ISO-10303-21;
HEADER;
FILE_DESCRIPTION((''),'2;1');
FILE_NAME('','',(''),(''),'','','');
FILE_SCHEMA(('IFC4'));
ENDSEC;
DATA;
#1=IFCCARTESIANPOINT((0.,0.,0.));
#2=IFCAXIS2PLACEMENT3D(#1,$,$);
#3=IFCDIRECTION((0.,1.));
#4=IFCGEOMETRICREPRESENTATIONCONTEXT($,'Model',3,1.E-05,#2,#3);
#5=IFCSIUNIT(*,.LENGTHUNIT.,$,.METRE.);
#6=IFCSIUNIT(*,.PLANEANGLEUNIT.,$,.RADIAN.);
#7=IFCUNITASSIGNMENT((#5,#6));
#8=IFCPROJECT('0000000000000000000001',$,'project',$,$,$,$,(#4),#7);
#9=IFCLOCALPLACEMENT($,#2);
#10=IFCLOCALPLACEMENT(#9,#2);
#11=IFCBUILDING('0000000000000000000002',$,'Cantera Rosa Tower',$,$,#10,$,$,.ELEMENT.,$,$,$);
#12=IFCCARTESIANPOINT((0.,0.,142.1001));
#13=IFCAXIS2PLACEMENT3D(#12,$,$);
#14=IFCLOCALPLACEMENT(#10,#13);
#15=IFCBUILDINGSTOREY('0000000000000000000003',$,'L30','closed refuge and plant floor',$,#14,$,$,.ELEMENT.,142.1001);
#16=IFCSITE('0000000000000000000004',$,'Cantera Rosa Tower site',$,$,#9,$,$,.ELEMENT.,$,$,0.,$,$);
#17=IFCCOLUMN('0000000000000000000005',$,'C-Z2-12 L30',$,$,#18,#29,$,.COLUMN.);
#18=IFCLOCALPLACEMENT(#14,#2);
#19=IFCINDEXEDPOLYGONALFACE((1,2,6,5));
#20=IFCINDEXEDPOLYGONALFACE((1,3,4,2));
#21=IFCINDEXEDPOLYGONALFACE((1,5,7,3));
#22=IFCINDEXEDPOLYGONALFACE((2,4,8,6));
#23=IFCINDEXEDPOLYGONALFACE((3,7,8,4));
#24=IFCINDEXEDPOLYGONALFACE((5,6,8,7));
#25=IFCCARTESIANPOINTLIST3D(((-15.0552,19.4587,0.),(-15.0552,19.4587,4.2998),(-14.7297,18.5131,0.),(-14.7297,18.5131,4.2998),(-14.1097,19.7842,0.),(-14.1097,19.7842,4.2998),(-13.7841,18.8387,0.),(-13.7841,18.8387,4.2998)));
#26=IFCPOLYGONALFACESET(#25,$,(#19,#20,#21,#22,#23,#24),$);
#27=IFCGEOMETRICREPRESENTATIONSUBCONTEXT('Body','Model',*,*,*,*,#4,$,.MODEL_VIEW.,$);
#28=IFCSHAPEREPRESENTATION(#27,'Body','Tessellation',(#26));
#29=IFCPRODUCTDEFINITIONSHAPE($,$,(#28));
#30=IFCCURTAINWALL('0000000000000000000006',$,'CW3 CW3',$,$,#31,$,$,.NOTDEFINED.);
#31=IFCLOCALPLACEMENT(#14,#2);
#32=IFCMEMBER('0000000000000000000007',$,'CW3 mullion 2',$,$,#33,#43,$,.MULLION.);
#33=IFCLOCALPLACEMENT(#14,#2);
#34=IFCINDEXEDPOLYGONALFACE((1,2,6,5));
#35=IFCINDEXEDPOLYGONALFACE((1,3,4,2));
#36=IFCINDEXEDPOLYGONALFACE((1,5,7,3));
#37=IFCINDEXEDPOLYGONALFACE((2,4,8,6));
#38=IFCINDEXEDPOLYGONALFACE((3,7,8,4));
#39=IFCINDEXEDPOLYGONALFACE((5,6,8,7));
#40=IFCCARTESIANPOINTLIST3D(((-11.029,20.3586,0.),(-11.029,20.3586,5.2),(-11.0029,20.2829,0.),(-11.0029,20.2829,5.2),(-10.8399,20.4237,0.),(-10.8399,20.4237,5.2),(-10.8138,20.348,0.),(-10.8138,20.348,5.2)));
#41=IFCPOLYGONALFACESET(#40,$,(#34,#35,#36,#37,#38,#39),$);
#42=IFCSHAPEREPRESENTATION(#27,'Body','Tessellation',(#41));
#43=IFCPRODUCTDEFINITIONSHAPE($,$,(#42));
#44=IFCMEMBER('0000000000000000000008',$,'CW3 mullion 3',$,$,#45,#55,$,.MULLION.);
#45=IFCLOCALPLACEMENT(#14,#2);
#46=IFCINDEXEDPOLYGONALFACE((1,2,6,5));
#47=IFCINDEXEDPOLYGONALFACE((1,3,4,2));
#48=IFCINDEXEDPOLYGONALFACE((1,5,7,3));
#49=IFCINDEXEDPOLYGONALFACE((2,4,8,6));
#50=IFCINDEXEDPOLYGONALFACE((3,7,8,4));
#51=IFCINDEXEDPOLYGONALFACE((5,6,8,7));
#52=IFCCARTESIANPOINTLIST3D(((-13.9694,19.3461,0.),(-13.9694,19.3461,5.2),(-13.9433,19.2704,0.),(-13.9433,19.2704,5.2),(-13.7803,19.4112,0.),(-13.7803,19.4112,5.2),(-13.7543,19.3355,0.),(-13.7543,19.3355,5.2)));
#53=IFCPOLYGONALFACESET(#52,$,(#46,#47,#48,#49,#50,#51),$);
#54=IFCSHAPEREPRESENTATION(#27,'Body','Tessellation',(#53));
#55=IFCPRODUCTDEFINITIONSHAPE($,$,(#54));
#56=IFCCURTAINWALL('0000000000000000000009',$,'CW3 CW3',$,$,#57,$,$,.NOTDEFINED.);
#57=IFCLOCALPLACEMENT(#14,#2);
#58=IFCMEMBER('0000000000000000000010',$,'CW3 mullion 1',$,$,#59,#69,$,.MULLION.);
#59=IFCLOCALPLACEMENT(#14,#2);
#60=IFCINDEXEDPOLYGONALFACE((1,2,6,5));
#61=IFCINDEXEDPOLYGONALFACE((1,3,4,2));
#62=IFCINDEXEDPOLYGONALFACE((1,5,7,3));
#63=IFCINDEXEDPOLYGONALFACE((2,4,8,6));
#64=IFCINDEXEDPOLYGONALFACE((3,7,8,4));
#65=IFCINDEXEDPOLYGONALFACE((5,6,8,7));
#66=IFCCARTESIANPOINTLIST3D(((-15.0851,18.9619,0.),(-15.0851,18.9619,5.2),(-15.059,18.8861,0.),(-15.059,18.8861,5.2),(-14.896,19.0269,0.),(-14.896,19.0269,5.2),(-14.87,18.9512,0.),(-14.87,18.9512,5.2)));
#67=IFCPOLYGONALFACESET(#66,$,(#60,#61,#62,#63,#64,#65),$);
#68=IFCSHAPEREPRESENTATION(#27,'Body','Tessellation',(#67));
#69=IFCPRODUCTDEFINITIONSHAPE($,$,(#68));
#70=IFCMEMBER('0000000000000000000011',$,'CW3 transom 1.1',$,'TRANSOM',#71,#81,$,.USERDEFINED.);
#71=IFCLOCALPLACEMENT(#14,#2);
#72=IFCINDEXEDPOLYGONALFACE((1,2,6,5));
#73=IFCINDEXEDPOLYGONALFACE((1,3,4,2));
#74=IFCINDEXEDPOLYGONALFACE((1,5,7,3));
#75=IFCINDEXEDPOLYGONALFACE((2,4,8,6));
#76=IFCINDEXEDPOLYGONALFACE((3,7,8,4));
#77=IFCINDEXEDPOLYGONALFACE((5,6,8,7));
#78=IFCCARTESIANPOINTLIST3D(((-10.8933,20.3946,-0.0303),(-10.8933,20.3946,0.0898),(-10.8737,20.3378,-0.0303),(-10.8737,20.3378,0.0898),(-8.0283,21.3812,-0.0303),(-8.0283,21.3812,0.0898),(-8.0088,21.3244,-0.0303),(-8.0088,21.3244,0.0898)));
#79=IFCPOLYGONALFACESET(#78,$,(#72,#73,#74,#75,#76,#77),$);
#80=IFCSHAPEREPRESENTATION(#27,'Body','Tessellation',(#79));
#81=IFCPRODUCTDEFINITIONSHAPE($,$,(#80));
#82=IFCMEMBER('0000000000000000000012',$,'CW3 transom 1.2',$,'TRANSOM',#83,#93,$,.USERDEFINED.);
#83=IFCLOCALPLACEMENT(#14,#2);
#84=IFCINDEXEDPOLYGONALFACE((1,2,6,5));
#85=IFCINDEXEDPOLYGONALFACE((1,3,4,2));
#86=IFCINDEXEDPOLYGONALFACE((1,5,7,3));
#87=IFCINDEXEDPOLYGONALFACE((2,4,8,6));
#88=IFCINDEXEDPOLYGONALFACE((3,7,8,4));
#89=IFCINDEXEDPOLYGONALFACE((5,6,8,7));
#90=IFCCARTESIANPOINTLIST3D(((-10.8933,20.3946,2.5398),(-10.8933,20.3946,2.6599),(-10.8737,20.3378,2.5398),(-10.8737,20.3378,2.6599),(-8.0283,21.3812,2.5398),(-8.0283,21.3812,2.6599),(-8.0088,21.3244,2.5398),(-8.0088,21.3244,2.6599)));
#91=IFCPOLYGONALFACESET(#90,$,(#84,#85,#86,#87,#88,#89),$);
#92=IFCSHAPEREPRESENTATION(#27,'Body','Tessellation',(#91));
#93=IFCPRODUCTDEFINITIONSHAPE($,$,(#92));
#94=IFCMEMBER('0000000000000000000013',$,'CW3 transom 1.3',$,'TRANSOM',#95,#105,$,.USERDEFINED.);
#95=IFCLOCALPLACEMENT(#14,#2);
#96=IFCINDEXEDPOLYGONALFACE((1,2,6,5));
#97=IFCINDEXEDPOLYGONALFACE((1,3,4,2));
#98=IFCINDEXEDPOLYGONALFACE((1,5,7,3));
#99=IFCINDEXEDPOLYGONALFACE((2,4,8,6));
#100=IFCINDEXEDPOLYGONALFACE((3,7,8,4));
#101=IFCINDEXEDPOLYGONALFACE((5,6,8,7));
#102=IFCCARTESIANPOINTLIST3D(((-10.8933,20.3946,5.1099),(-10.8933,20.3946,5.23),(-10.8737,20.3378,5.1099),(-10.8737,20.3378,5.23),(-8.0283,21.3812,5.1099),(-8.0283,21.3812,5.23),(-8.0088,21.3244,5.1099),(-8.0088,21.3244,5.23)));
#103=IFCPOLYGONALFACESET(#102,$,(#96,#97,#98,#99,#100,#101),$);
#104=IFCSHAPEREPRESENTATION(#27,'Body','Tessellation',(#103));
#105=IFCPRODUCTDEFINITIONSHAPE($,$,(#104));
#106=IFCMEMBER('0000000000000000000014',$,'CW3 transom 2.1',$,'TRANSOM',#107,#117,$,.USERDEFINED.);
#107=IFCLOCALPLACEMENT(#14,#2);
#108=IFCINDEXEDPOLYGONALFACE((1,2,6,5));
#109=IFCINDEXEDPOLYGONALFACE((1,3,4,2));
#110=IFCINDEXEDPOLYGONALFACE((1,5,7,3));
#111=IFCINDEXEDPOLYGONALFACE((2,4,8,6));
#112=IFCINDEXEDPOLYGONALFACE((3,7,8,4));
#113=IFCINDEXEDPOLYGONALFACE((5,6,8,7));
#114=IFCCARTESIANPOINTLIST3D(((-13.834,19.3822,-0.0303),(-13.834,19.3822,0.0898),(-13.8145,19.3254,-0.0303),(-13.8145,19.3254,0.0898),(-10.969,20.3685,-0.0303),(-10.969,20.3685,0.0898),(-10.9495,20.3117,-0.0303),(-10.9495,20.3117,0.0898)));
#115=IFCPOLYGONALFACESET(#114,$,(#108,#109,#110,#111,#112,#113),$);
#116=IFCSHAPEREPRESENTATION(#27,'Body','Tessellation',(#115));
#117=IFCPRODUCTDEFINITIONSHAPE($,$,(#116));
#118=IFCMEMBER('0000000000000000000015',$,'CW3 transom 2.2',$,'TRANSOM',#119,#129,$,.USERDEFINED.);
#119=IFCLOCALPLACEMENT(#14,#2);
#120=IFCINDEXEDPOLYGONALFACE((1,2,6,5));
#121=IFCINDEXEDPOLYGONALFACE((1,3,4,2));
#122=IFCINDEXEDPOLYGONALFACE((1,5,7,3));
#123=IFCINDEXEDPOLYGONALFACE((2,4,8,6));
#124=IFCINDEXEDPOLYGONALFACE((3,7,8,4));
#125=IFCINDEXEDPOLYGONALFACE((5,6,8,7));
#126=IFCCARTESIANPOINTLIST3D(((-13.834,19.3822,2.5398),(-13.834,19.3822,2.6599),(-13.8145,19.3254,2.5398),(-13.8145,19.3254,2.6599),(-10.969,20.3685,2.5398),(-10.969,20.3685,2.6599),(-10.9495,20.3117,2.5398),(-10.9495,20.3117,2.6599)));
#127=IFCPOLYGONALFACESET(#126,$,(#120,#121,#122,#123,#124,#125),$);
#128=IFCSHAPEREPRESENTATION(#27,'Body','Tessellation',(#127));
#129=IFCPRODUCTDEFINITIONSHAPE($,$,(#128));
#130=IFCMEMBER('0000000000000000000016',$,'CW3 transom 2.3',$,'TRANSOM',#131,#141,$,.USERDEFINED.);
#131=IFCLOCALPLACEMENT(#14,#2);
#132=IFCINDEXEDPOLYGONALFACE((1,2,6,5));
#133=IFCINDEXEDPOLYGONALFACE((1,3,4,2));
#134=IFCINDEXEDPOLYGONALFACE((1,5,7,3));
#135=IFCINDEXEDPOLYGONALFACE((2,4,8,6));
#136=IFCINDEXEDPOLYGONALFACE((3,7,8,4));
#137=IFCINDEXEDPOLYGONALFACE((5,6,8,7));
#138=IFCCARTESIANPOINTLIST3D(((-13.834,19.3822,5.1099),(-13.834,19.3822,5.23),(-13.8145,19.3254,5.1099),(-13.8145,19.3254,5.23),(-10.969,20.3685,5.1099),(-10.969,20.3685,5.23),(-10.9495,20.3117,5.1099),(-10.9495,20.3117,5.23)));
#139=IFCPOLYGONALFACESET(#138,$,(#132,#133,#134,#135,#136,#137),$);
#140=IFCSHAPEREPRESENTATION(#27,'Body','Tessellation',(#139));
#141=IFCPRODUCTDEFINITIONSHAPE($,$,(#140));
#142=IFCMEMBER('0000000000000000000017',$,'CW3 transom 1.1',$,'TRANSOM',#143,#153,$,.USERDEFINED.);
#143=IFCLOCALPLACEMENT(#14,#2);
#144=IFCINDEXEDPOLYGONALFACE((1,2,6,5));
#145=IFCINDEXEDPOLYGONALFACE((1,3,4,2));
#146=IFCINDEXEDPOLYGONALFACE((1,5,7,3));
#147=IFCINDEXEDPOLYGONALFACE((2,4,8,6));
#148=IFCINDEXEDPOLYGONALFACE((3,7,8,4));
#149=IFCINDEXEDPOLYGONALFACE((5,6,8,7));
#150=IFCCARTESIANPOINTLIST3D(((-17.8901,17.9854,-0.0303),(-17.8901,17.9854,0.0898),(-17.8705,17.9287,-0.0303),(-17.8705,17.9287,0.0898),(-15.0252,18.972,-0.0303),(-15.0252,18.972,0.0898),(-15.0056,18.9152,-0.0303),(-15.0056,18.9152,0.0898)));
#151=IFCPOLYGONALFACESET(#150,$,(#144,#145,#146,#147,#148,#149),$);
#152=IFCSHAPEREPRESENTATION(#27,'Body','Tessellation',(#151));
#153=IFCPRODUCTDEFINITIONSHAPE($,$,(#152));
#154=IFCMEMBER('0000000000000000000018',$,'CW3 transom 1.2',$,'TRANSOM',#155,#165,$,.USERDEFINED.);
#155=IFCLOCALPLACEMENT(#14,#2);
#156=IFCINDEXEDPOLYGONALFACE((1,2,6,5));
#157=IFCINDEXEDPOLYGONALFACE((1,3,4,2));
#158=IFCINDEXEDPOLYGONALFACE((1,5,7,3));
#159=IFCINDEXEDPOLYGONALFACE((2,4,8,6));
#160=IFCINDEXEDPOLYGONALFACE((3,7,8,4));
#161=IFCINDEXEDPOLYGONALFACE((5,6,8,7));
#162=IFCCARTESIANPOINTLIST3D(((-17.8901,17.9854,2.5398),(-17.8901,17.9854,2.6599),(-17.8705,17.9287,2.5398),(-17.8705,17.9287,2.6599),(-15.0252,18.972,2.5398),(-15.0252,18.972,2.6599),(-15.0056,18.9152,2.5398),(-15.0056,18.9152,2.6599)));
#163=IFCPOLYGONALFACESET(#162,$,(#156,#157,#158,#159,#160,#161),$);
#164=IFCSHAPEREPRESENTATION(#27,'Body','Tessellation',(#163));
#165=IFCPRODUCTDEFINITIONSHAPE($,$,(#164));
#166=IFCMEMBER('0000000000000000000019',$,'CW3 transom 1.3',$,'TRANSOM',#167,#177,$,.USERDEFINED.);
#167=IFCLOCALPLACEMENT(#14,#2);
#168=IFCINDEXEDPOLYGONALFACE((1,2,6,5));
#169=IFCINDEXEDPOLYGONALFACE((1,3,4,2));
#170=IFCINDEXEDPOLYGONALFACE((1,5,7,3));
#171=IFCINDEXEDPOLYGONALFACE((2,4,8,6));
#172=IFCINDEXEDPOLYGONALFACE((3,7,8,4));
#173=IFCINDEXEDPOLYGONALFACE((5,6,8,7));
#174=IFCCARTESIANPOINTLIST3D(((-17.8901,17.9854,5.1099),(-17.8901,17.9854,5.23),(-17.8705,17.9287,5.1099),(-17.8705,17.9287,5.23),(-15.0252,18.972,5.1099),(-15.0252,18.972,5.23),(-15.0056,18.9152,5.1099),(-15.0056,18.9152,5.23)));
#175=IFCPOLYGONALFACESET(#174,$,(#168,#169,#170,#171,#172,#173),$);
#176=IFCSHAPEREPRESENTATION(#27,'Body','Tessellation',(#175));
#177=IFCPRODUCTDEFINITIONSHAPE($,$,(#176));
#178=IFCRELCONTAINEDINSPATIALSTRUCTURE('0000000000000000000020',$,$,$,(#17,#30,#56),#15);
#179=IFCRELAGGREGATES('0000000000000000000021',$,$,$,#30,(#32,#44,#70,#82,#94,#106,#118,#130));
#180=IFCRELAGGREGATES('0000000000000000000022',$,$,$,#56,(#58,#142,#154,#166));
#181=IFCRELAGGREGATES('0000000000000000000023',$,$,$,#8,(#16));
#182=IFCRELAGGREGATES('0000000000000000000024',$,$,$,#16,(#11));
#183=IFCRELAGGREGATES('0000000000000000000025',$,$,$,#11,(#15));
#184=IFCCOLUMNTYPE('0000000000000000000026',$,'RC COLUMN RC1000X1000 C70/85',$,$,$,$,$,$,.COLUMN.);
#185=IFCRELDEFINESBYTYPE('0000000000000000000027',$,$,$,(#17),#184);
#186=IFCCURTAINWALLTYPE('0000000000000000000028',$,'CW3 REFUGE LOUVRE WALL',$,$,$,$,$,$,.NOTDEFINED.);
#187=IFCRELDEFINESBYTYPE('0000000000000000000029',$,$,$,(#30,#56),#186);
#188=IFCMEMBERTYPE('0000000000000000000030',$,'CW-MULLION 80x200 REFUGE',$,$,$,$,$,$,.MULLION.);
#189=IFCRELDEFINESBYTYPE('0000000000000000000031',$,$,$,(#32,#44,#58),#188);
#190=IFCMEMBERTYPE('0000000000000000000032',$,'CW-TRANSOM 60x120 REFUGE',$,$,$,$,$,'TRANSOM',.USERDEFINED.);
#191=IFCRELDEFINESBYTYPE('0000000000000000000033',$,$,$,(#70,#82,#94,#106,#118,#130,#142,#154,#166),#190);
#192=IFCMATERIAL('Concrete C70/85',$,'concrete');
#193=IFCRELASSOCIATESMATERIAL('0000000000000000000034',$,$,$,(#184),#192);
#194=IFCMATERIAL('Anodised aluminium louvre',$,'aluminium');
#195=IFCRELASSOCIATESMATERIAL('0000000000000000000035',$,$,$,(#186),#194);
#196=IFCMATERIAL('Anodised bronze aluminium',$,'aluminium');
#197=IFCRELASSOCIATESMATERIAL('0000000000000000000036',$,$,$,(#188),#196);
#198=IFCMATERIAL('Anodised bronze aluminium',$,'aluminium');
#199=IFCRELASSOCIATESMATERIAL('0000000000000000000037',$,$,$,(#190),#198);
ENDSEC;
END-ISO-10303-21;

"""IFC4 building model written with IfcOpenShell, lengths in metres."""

from ifc_helpers import new_model, si_unit, direction, frame, origin, origin_2d, place, context, subcontext, project, spatial, rectangle, extrude, material, material_profile, profile_set, type_object, element, aggregate, save


model = new_model("IFC4")

# Units and contexts
model_context = context("Model", 3, precision=1e-05, world=origin(), true_north=direction((0.0, 1.0)))
body_context = subcontext(model_context, "Body", "Model", "MODEL_VIEW")
ifc_project = project(units=[si_unit("LENGTHUNIT", "METRE"), si_unit("PLANEANGLEUNIT", "RADIAN")], contexts=[model_context])

# Site, building, storey
site_placement = place(None, origin())
site = spatial("IfcSite", under=ifc_project, at=site_placement, Name="Cantera Rosa Tower site", CompositionType="ELEMENT", RefElevation=0.0)
building_placement = place(site_placement, origin())
building = spatial("IfcBuilding", under=site, at=building_placement, Name="Cantera Rosa Tower", CompositionType="ELEMENT")
storey_placement = place(building_placement, frame((0.0, 0.0, 142.1001)))
storey = spatial("IfcBuildingStorey", under=building, at=storey_placement, Name="L30", Description="closed refuge and plant floor", CompositionType="ELEMENT", Elevation=142.1001)

# Column
ifc_material_1 = material(Name="Concrete C70/85", Category="concrete")
ifc_material_profile_1 = material_profile(ifc_material_1, rectangle(XDim=1.0, YDim=1.0, at=origin_2d()), Name="RC COLUMN RC1000X1000 C70/85")
ifc_profile_set_1 = profile_set([ifc_material_profile_1], Name="Concrete C70/85")
column_type = type_object("IfcColumnType", Name="RC COLUMN RC1000X1000 C70/85", PredefinedType="COLUMN", material=ifc_profile_set_1)
column_placement = place(storey_placement, frame((-14.4197, 19.1487, 0.0), z_axis=(0.0, 0.0, 1.0), x_axis=(0.945519, 0.325568, 0.0)))
element("IfcColumn", 1, at=column_placement, inside=storey, type_object=column_type, Name="C-Z2-12 L30", PredefinedType="COLUMN", context=body_context, shape_type="SweptSolid", body=[
    extrude(rectangle(XDim=1.0, YDim=1.0, at=origin_2d()), origin(), (0.0, 0.0, 1.0), 4.2998),
])

# Curtain wall, members
ifc_material_2 = material(Name="Anodised aluminium louvre", Category="aluminium")
curtain_wall_type = type_object("IfcCurtainWallType", Name="CW3 REFUGE LOUVRE WALL", PredefinedType="NOTDEFINED", material=ifc_material_2)
curtain_wall_1_placement = place(storey_placement, origin())
curtain_wall_1 = element("IfcCurtainWall", 2, at=curtain_wall_1_placement, inside=storey, type_object=curtain_wall_type, Name="CW3 CW3", PredefinedType="NOTDEFINED")
ifc_material_3 = material(Name="Anodised bronze aluminium", Category="aluminium")
ifc_material_profile_2 = material_profile(ifc_material_3, rectangle(XDim=0.0801, YDim=0.2, at=origin_2d()), Name="CW-MULLION 80x200 REFUGE")
ifc_profile_set_2 = profile_set([ifc_material_profile_2], Name="Anodised bronze aluminium")
member_type_1 = type_object("IfcMemberType", Name="CW-MULLION 80x200 REFUGE", PredefinedType="MULLION", material=ifc_profile_set_2)
member_1_placement = place(storey_placement, frame((-10.9214, 20.3533, 0.0), z_axis=(0.0, 0.0, 1.0), x_axis=(0.325568, -0.945519, 0.0)))
member_1 = element("IfcMember", 3, at=member_1_placement, type_object=member_type_1, Name="CW3 mullion 2", PredefinedType="MULLION", context=body_context, shape_type="SweptSolid", body=[
    extrude(rectangle(XDim=0.0801, YDim=0.2, at=origin_2d()), origin(), (0.0, 0.0, 1.0), 5.2),
])
member_2_placement = place(storey_placement, frame((-13.8618, 19.3408, 0.0), z_axis=(0.0, 0.0, 1.0), x_axis=(0.325568, -0.945519, 0.0)))
member_2 = element("IfcMember", 4, at=member_2_placement, type_object=member_type_1, Name="CW3 mullion 3", PredefinedType="MULLION", context=body_context, shape_type="SweptSolid", body=[
    extrude(rectangle(XDim=0.0801, YDim=0.2, at=origin_2d()), origin(), (0.0, 0.0, 1.0), 5.2),
])

# Curtain wall, member
curtain_wall_2_placement = place(storey_placement, origin())
curtain_wall_2 = element("IfcCurtainWall", 5, at=curtain_wall_2_placement, inside=storey, type_object=curtain_wall_type, Name="CW3 CW3", PredefinedType="NOTDEFINED")
member_3_placement = place(storey_placement, frame((-14.9775, 18.9565, 0.0), z_axis=(0.0, 0.0, 1.0), x_axis=(0.325568, -0.945519, 0.0)))
member_3 = element("IfcMember", 6, at=member_3_placement, type_object=member_type_1, Name="CW3 mullion 1", PredefinedType="MULLION", context=body_context, shape_type="SweptSolid", body=[
    extrude(rectangle(XDim=0.0801, YDim=0.2, at=origin_2d()), origin(), (0.0, 0.0, 1.0), 5.2),
])

# Members
ifc_material_4 = material(Name="Anodised bronze aluminium", Category="aluminium")
ifc_material_profile_3 = material_profile(ifc_material_4, rectangle(XDim=0.0601, YDim=0.1201, at=origin_2d()), Name="CW-TRANSOM 60x120 REFUGE")
ifc_profile_set_3 = profile_set([ifc_material_profile_3], Name="Anodised bronze aluminium")
member_type_2 = type_object("IfcMemberType", Name="CW-TRANSOM 60x120 REFUGE", ElementType="TRANSOM", PredefinedType="USERDEFINED", material=ifc_profile_set_3)
member_4_placement = place(storey_placement, frame((-8.0186, 21.3528, 0.0298), z_axis=(-0.945511, -0.325591, 0.0), x_axis=(0.325591, -0.945511, 0.0)))
member_4 = element("IfcMember", 7, at=member_4_placement, type_object=member_type_2, Name="CW3 transom 1.1", ObjectType="TRANSOM", PredefinedType="USERDEFINED", context=body_context, shape_type="SweptSolid", body=[
    extrude(rectangle(XDim=0.0601, YDim=0.1201, at=origin_2d()), origin(), (0.0, 0.0, 1.0), 3.03),
])
member_5_placement = place(storey_placement, frame((-8.0186, 21.3528, 2.5999), z_axis=(-0.945511, -0.325591, 0.0), x_axis=(0.325591, -0.945511, 0.0)))
member_5 = element("IfcMember", 8, at=member_5_placement, type_object=member_type_2, Name="CW3 transom 1.2", ObjectType="TRANSOM", PredefinedType="USERDEFINED", context=body_context, shape_type="SweptSolid", body=[
    extrude(rectangle(XDim=0.0601, YDim=0.1201, at=origin_2d()), origin(), (0.0, 0.0, 1.0), 3.03),
])
member_6_placement = place(storey_placement, frame((-8.0186, 21.3528, 5.1699), z_axis=(-0.945511, -0.325591, 0.0), x_axis=(0.325591, -0.945511, 0.0)))
member_6 = element("IfcMember", 9, at=member_6_placement, type_object=member_type_2, Name="CW3 transom 1.3", ObjectType="TRANSOM", PredefinedType="USERDEFINED", context=body_context, shape_type="SweptSolid", body=[
    extrude(rectangle(XDim=0.0601, YDim=0.1201, at=origin_2d()), origin(), (0.0, 0.0, 1.0), 3.03),
])
member_7_placement = place(storey_placement, frame((-10.9592, 20.3401, 0.0298), z_axis=(-0.945536, -0.325519, 0.0), x_axis=(0.325519, -0.945536, 0.0)))
member_7 = element("IfcMember", 10, at=member_7_placement, type_object=member_type_2, Name="CW3 transom 2.1", ObjectType="TRANSOM", PredefinedType="USERDEFINED", context=body_context, shape_type="SweptSolid", body=[
    extrude(rectangle(XDim=0.0601, YDim=0.1201, at=origin_2d()), origin(), (0.0, 0.0, 1.0), 3.03),
])
member_8_placement = place(storey_placement, frame((-10.9592, 20.3401, 2.5999), z_axis=(-0.945536, -0.325519, 0.0), x_axis=(0.325519, -0.945536, 0.0)))
member_8 = element("IfcMember", 11, at=member_8_placement, type_object=member_type_2, Name="CW3 transom 2.2", ObjectType="TRANSOM", PredefinedType="USERDEFINED", context=body_context, shape_type="SweptSolid", body=[
    extrude(rectangle(XDim=0.0601, YDim=0.1201, at=origin_2d()), origin(), (0.0, 0.0, 1.0), 3.03),
])
member_9_placement = place(storey_placement, frame((-10.9592, 20.3401, 5.1699), z_axis=(-0.945536, -0.325519, 0.0), x_axis=(0.325519, -0.945536, 0.0)))
member_9 = element("IfcMember", 12, at=member_9_placement, type_object=member_type_2, Name="CW3 transom 2.3", ObjectType="TRANSOM", PredefinedType="USERDEFINED", context=body_context, shape_type="SweptSolid", body=[
    extrude(rectangle(XDim=0.0601, YDim=0.1201, at=origin_2d()), origin(), (0.0, 0.0, 1.0), 3.03),
])
member_10_placement = place(storey_placement, frame((-15.0154, 18.9436, 0.0298), z_axis=(-0.945511, -0.325591, 0.0), x_axis=(0.325591, -0.945511, 0.0)))
member_10 = element("IfcMember", 13, at=member_10_placement, type_object=member_type_2, Name="CW3 transom 1.1", ObjectType="TRANSOM", PredefinedType="USERDEFINED", context=body_context, shape_type="SweptSolid", body=[
    extrude(rectangle(XDim=0.0601, YDim=0.1201, at=origin_2d()), origin(), (0.0, 0.0, 1.0), 3.03),
])
member_11_placement = place(storey_placement, frame((-15.0154, 18.9436, 2.5999), z_axis=(-0.945511, -0.325591, 0.0), x_axis=(0.325591, -0.945511, 0.0)))
member_11 = element("IfcMember", 14, at=member_11_placement, type_object=member_type_2, Name="CW3 transom 1.2", ObjectType="TRANSOM", PredefinedType="USERDEFINED", context=body_context, shape_type="SweptSolid", body=[
    extrude(rectangle(XDim=0.0601, YDim=0.1201, at=origin_2d()), origin(), (0.0, 0.0, 1.0), 3.03),
])
member_12_placement = place(storey_placement, frame((-15.0154, 18.9436, 5.1699), z_axis=(-0.945511, -0.325591, 0.0), x_axis=(0.325591, -0.945511, 0.0)))
member_12 = element("IfcMember", 15, at=member_12_placement, type_object=member_type_2, Name="CW3 transom 1.3", ObjectType="TRANSOM", PredefinedType="USERDEFINED", context=body_context, shape_type="SweptSolid", body=[
    extrude(rectangle(XDim=0.0601, YDim=0.1201, at=origin_2d()), origin(), (0.0, 0.0, 1.0), 3.03),
])

aggregate(curtain_wall_1, [member_1, member_2, member_4, member_5, member_6, member_7, member_8, member_9])
aggregate(curtain_wall_2, [member_3, member_10, member_11, member_12])

save(model, "model.ifc")
